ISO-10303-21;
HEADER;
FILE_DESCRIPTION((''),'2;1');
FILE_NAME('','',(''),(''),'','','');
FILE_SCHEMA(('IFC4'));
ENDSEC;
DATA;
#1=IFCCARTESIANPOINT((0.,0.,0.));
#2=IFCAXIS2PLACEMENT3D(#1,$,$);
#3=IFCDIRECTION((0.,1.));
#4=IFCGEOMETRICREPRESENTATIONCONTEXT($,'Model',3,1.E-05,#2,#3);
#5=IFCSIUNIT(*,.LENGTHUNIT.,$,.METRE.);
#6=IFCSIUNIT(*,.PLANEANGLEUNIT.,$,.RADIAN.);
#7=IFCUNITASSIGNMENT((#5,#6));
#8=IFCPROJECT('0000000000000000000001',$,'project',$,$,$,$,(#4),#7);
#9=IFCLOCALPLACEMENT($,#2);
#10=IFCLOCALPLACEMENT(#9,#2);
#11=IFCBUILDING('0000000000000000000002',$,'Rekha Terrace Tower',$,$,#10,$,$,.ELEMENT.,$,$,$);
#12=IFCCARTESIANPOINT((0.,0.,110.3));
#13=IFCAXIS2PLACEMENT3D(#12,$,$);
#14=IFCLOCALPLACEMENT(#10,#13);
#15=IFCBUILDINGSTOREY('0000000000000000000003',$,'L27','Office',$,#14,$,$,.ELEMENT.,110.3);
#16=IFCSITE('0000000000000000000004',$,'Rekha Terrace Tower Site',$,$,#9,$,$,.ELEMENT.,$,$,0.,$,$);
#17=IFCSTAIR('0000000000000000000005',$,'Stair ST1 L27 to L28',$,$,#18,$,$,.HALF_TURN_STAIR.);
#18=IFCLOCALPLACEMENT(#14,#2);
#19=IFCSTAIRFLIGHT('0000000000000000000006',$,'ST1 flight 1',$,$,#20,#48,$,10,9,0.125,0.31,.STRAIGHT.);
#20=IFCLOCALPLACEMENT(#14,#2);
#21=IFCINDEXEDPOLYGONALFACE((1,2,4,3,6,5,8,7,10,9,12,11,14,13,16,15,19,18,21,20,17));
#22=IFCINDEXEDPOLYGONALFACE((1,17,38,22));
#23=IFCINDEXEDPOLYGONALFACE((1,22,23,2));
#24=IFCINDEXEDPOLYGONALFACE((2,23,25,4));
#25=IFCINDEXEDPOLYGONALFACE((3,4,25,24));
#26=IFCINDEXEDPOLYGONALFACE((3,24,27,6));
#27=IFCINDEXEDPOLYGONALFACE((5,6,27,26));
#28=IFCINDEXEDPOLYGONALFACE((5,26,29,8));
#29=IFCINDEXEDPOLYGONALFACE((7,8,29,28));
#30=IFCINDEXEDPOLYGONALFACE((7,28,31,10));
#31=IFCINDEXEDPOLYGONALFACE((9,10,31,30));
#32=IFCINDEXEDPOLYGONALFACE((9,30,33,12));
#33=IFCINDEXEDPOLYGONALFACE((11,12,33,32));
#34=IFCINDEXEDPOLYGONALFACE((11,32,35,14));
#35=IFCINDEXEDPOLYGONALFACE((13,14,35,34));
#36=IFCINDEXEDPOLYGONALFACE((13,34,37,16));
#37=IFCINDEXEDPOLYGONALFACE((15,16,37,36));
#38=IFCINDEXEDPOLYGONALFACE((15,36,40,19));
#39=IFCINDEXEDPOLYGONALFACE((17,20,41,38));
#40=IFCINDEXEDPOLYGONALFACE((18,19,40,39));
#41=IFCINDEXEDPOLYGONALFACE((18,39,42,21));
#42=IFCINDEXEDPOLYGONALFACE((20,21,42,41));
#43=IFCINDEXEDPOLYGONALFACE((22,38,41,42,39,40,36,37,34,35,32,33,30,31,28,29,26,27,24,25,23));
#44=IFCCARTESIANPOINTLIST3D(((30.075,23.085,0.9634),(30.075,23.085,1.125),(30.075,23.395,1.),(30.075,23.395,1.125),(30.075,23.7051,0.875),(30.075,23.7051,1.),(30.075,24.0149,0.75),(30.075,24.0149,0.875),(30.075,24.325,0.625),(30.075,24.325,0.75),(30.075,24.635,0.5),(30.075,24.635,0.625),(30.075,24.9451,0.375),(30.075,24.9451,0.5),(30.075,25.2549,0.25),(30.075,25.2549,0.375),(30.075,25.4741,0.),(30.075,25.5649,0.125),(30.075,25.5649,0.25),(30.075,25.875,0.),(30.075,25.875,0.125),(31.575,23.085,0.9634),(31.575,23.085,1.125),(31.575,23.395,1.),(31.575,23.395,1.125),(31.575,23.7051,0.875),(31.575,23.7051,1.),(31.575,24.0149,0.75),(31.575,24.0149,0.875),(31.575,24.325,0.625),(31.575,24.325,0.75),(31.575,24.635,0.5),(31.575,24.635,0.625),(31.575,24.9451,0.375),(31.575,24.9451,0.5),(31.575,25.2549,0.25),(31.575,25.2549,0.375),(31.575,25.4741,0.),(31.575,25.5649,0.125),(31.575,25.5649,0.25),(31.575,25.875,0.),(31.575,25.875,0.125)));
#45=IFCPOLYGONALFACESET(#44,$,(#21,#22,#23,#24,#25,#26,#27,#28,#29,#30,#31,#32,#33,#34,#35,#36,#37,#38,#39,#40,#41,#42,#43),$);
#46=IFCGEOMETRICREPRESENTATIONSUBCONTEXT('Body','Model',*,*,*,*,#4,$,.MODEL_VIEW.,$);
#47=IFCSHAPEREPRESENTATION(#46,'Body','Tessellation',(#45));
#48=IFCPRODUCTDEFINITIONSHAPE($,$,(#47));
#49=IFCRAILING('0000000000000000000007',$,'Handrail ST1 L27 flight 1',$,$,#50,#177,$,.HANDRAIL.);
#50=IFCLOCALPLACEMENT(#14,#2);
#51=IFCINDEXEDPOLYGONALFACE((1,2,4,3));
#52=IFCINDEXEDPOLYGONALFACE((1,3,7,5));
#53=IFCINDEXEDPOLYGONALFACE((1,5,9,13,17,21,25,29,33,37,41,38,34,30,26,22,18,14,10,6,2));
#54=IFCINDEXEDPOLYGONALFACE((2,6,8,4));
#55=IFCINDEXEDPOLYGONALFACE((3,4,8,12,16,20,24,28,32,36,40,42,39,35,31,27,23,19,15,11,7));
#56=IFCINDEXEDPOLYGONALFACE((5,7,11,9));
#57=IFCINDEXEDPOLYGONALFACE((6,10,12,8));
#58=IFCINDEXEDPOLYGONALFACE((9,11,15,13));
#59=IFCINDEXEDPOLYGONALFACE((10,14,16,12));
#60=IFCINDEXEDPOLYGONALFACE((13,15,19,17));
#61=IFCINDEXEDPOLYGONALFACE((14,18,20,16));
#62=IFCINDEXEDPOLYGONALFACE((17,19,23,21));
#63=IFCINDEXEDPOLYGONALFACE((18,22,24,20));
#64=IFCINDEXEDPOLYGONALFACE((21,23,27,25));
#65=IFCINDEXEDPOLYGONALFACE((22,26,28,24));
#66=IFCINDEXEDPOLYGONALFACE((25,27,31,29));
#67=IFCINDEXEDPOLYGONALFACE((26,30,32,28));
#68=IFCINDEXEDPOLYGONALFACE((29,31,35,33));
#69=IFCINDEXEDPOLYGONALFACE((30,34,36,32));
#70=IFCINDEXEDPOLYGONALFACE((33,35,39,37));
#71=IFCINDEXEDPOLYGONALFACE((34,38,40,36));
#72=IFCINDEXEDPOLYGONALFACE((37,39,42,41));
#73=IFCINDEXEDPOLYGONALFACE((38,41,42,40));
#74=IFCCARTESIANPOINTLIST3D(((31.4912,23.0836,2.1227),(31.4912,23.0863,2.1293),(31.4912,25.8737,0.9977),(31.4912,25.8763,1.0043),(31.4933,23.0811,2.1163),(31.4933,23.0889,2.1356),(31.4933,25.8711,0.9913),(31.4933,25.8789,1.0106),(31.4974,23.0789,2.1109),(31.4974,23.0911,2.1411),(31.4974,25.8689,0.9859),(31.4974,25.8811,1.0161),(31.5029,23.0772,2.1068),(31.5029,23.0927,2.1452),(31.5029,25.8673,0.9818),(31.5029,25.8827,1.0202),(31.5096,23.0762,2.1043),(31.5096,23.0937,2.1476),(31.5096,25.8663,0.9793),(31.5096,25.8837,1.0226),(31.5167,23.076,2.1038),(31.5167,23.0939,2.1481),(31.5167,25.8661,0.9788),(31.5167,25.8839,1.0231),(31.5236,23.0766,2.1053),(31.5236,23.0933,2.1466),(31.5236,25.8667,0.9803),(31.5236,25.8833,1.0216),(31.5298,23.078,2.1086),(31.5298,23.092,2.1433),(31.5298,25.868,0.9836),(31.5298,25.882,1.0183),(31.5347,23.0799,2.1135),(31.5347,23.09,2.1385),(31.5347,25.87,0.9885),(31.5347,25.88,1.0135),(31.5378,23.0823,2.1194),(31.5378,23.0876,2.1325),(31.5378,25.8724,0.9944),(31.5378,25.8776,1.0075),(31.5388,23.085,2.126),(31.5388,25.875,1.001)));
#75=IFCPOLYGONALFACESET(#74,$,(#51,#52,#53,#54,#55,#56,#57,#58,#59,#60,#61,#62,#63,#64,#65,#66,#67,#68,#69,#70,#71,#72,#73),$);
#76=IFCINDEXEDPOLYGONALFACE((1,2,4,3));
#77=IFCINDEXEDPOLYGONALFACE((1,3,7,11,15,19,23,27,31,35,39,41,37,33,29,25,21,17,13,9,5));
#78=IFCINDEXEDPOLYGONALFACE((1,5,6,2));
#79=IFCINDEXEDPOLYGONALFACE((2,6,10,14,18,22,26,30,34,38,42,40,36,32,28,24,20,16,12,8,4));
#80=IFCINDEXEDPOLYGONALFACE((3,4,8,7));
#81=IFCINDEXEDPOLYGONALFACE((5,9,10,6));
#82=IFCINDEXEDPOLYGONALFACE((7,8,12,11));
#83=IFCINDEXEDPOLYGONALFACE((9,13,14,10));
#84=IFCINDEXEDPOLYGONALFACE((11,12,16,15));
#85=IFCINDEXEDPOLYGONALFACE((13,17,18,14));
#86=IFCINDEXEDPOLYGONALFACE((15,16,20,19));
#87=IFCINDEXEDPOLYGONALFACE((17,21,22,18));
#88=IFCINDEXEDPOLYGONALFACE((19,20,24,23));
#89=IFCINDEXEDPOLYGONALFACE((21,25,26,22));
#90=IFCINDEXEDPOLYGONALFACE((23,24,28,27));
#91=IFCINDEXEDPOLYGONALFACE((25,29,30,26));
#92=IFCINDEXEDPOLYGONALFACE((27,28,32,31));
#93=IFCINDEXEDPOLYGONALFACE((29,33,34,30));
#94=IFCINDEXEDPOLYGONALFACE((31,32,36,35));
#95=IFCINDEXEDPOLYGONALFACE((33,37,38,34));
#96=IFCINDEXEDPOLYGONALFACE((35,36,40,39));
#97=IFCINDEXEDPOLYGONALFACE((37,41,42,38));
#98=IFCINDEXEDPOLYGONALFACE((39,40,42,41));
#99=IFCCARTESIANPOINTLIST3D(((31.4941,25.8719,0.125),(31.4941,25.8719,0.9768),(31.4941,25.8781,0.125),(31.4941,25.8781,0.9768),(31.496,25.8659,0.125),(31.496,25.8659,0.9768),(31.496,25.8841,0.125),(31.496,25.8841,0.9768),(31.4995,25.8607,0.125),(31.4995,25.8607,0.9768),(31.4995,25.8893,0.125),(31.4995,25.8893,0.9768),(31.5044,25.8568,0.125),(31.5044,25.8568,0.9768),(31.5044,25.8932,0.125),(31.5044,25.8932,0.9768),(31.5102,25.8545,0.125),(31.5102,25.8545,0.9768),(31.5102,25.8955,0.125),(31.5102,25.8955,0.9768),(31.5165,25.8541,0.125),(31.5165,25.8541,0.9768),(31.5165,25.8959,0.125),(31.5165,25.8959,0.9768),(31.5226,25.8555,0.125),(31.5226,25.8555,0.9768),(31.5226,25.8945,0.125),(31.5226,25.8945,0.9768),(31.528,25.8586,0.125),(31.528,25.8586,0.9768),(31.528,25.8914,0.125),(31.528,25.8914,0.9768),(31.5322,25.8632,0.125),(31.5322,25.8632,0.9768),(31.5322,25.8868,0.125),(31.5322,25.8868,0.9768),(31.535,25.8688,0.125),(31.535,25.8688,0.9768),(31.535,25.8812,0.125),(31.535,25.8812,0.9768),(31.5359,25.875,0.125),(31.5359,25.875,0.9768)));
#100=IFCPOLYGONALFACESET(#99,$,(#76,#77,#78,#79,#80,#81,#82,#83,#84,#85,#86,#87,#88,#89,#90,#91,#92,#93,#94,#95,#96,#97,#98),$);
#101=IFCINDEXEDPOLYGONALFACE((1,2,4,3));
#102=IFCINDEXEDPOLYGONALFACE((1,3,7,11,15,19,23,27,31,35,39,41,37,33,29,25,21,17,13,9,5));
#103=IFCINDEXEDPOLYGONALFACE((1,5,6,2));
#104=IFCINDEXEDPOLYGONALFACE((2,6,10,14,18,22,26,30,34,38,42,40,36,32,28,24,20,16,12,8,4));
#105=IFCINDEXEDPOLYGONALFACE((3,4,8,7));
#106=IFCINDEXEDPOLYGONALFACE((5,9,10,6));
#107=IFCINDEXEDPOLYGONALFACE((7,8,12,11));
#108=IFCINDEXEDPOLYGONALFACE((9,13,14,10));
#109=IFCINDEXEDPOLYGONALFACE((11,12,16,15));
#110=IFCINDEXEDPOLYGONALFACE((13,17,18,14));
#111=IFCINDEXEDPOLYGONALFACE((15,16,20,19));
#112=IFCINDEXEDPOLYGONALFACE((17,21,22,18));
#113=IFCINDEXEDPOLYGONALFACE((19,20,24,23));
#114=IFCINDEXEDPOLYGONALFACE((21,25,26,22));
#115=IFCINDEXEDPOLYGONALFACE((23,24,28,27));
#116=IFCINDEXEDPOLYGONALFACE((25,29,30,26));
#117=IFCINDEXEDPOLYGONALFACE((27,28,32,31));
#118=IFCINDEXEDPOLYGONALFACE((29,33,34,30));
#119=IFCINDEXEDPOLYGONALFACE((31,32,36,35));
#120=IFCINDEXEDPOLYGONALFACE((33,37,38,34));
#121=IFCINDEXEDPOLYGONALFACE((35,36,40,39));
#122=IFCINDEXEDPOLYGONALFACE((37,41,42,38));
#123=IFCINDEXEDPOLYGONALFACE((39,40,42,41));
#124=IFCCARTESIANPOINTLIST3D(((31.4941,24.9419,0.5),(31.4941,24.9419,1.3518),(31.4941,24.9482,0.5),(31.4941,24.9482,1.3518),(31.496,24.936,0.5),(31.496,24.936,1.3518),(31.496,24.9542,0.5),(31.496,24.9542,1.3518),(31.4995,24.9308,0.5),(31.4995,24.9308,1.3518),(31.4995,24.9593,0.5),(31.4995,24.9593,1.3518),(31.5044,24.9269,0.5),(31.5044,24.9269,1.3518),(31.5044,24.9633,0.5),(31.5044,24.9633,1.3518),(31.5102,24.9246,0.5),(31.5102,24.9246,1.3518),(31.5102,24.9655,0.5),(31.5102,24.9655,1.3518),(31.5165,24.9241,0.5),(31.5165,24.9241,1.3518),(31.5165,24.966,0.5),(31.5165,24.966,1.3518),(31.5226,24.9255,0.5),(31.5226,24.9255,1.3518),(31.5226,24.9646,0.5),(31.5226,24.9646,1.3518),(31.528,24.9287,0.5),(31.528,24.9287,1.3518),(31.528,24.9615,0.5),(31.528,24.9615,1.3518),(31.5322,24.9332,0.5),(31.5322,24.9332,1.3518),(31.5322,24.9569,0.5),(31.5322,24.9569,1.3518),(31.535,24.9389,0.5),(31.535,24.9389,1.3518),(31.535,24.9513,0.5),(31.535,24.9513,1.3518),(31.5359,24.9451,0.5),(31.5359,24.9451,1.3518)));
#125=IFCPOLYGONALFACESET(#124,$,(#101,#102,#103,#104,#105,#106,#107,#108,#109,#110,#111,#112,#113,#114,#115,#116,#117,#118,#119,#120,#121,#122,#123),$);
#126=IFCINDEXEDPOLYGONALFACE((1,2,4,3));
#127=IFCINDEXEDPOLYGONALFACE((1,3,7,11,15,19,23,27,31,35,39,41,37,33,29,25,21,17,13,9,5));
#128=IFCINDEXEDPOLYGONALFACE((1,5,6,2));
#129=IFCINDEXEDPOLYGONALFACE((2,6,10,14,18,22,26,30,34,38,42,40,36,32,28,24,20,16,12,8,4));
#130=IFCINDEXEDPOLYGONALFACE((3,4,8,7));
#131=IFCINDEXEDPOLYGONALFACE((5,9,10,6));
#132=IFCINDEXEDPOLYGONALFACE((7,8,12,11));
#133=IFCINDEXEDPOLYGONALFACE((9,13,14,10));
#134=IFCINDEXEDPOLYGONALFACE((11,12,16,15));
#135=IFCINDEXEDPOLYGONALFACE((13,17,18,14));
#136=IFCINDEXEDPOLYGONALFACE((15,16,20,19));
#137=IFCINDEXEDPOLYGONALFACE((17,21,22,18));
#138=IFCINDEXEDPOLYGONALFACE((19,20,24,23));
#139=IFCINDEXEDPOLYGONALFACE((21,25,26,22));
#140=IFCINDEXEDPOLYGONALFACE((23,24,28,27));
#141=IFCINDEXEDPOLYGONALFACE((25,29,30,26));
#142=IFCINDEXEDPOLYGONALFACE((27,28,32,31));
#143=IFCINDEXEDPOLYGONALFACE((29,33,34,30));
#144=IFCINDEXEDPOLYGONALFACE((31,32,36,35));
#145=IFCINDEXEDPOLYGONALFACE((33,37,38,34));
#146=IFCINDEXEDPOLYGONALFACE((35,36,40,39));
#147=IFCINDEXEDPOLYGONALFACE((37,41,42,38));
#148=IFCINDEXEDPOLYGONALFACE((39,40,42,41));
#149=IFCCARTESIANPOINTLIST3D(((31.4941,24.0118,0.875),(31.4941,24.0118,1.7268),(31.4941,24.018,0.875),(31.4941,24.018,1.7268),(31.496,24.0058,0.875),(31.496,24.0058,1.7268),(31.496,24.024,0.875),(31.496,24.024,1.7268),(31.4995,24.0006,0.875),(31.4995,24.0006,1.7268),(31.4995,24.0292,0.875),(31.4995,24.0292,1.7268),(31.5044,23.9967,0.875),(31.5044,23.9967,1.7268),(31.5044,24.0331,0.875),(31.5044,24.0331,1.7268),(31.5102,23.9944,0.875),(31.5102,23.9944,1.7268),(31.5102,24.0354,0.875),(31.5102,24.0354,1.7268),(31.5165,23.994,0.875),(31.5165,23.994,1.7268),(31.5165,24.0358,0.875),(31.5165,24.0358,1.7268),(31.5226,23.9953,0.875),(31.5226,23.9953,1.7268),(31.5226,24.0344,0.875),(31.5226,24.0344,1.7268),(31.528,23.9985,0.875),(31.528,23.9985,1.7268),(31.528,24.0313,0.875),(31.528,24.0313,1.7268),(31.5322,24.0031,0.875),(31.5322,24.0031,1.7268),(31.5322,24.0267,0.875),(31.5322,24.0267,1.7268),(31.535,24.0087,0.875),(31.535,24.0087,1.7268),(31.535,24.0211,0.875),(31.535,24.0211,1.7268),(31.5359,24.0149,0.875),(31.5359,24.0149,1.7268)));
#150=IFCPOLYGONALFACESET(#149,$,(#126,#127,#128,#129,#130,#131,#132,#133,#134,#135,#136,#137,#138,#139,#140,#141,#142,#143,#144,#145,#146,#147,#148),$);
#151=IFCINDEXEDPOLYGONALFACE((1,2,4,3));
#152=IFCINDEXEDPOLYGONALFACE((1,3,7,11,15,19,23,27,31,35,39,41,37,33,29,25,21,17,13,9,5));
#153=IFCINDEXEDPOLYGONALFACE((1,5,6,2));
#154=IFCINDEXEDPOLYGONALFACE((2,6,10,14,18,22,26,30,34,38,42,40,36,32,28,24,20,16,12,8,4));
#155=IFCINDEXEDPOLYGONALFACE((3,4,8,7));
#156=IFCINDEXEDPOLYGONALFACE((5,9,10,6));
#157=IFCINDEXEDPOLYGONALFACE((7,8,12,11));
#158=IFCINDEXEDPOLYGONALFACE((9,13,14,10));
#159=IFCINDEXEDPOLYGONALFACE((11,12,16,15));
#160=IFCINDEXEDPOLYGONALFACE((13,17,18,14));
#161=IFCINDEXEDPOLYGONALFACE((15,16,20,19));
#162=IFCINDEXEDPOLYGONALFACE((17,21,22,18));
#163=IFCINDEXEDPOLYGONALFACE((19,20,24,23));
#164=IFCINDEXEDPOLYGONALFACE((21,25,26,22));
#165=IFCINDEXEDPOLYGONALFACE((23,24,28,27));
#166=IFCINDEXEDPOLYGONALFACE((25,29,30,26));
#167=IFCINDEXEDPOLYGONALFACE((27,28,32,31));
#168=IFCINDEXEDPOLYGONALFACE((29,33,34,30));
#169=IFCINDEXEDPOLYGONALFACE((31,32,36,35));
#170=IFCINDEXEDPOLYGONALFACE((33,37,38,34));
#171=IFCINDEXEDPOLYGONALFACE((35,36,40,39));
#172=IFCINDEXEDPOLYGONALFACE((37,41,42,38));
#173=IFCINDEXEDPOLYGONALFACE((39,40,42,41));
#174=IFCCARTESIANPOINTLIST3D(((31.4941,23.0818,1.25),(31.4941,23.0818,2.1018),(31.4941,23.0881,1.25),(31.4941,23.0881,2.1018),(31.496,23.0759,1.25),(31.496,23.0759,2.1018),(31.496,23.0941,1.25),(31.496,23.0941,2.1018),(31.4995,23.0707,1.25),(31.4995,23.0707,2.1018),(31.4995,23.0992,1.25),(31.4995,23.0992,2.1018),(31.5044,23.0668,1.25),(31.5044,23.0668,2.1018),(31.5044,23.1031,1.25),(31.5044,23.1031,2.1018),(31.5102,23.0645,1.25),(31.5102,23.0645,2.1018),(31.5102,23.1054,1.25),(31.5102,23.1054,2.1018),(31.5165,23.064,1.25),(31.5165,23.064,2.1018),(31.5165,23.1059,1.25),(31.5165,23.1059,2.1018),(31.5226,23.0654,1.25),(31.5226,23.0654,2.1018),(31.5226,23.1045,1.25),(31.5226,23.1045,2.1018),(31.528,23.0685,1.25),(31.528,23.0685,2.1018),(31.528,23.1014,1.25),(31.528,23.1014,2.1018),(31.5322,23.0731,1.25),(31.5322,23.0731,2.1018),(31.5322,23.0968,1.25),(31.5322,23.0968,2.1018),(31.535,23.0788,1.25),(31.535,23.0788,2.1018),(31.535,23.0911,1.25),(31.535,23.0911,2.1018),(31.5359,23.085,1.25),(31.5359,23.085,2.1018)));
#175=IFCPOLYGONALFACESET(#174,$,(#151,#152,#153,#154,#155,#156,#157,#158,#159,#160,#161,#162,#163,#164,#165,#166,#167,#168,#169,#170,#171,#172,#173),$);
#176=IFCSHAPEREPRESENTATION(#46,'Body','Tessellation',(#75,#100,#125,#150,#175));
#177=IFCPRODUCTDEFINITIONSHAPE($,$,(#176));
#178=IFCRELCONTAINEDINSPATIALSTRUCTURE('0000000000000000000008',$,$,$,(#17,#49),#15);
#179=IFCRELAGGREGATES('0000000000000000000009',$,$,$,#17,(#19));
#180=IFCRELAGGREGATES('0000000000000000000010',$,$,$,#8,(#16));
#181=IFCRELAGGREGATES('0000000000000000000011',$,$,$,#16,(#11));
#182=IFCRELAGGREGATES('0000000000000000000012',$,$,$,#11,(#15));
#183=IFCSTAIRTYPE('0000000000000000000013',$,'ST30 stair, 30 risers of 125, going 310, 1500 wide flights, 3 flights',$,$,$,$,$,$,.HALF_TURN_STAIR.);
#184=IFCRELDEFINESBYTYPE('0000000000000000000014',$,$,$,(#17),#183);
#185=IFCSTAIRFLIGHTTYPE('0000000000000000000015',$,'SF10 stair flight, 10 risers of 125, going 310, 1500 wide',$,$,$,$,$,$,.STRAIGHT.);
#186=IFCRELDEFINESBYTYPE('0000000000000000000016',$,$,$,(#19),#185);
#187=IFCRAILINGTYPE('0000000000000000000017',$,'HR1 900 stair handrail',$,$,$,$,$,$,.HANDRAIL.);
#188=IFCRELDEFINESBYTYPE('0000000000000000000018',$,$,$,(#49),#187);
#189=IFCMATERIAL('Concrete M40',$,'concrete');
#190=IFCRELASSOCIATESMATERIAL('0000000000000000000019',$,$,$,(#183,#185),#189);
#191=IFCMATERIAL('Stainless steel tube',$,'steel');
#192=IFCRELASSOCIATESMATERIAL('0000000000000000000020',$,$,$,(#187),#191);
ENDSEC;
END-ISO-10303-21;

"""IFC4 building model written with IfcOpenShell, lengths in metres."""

from ifc_helpers import new_model, si_unit, direction, frame, origin, origin_2d, place, context, subcontext, project, spatial, polyline, circle, outline, extrude, material, type_object, element, aggregate, save


model = new_model("IFC4")

# Units and contexts
model_context = context("Model", 3, precision=1e-05, world=origin(), true_north=direction((0.0, 1.0)))
body_context = subcontext(model_context, "Body", "Model", "MODEL_VIEW")
ifc_project = project(units=[si_unit("LENGTHUNIT", "METRE"), si_unit("PLANEANGLEUNIT", "RADIAN")], contexts=[model_context])

# Site, building, storey
site_placement = place(None, origin())
site = spatial("IfcSite", under=ifc_project, at=site_placement, Name="Rekha Terrace Tower Site", CompositionType="ELEMENT", RefElevation=0.0)
building_placement = place(site_placement, origin())
building = spatial("IfcBuilding", under=site, at=building_placement, Name="Rekha Terrace Tower", CompositionType="ELEMENT")
storey_placement = place(building_placement, frame((0.0, 0.0, 110.3)))
storey = spatial("IfcBuildingStorey", under=building, at=storey_placement, Name="L27", Description="Office", CompositionType="ELEMENT", Elevation=110.3)

# Stair, stair flight
ifc_material_1 = material(Name="Concrete M40", Category="concrete")
stair_type = type_object("IfcStairType", Name="ST30 stair, 30 risers of 125, going 310, 1500 wide flights, 3 flights", PredefinedType="HALF_TURN_STAIR", material=ifc_material_1)
stair_placement = place(storey_placement, origin())
stair = element("IfcStair", 1, at=stair_placement, inside=storey, type_object=stair_type, Name="Stair ST1 L27 to L28", PredefinedType="HALF_TURN_STAIR")
stair_flight_type = type_object("IfcStairFlightType", Name="SF10 stair flight, 10 risers of 125, going 310, 1500 wide", PredefinedType="STRAIGHT", material=ifc_material_1)
stair_flight_placement = place(storey_placement, frame((30.825, 25.875, 0.0), z_axis=(0.0, 0.0, 1.0), x_axis=(0.0, -1.0, 0.0)))
stair_flight = element("IfcStairFlight", 2, at=stair_flight_placement, type_object=stair_flight_type, Name="ST1 flight 1", NumberOfRisers=10, NumberOfTreads=9, PredefinedType="STRAIGHT", RiserHeight=0.125, TreadLength=0.31, context=body_context, shape_type="SweptSolid", body=[
    extrude(outline(polyline([(0.0, 0.0), (0.0, 0.125), (0.3101, 0.125), (0.3101, 0.25), (0.6201, 0.25), (0.6201, 0.375), (0.9299, 0.375), (0.9299, 0.5), (1.24, 0.5), (1.24, 0.625), (1.55, 0.625), (1.55, 0.75), (1.8601, 0.75), (1.8601, 0.875), (2.1699, 0.875), (2.1699, 1.0), (2.48, 1.0), (2.48, 1.125), (2.79, 1.125), (2.79, 1.25), (2.79, 0.9634), (0.4009, 0.0), (0.0, 0.0)])), frame((0.0, 0.75, 0.0), z_axis=(0.0, -1.0, 0.0), x_axis=(1.0, 0.0, 0.0)), (0.0, 0.0, 1.0), 1.5),
])
aggregate(stair, [stair_flight])

# Railing
ifc_material_2 = material(Name="Stainless steel tube", Category="steel")
railing_type = type_object("IfcRailingType", Name="HR1 900 stair handrail", PredefinedType="HANDRAIL", material=ifc_material_2)
railing_placement = place(storey_placement, frame((31.5149, 25.875, 0.125)))
element("IfcRailing", 3, at=railing_placement, inside=storey, type_object=railing_type, Name="Handrail ST1 L27 flight 1", PredefinedType="HANDRAIL", context=body_context, shape_type="SweptSolid", body=[
    extrude(circle(Radius=0.0239, at=origin_2d()), frame((0.0, 0.0, 0.876), z_axis=(0.0, -0.927443, 0.373964), x_axis=(1.0, 0.0, 0.0)), (0.0, 0.0, 1.0), 3.0083),
    extrude(circle(Radius=0.021, at=origin_2d()), origin(), (0.0, 0.0, 1.0), 0.8518),
    extrude(circle(Radius=0.021, at=origin_2d()), frame((0.0, -0.9299, 0.375)), (0.0, 0.0, 1.0), 0.8518),
    extrude(circle(Radius=0.021, at=origin_2d()), frame((0.0, -1.8601, 0.75)), (0.0, 0.0, 1.0), 0.8518),
    extrude(circle(Radius=0.021, at=origin_2d()), frame((0.0, -2.79, 1.125)), (0.0, 0.0, 1.0), 0.8518),
])

save(model, "model.ifc")
